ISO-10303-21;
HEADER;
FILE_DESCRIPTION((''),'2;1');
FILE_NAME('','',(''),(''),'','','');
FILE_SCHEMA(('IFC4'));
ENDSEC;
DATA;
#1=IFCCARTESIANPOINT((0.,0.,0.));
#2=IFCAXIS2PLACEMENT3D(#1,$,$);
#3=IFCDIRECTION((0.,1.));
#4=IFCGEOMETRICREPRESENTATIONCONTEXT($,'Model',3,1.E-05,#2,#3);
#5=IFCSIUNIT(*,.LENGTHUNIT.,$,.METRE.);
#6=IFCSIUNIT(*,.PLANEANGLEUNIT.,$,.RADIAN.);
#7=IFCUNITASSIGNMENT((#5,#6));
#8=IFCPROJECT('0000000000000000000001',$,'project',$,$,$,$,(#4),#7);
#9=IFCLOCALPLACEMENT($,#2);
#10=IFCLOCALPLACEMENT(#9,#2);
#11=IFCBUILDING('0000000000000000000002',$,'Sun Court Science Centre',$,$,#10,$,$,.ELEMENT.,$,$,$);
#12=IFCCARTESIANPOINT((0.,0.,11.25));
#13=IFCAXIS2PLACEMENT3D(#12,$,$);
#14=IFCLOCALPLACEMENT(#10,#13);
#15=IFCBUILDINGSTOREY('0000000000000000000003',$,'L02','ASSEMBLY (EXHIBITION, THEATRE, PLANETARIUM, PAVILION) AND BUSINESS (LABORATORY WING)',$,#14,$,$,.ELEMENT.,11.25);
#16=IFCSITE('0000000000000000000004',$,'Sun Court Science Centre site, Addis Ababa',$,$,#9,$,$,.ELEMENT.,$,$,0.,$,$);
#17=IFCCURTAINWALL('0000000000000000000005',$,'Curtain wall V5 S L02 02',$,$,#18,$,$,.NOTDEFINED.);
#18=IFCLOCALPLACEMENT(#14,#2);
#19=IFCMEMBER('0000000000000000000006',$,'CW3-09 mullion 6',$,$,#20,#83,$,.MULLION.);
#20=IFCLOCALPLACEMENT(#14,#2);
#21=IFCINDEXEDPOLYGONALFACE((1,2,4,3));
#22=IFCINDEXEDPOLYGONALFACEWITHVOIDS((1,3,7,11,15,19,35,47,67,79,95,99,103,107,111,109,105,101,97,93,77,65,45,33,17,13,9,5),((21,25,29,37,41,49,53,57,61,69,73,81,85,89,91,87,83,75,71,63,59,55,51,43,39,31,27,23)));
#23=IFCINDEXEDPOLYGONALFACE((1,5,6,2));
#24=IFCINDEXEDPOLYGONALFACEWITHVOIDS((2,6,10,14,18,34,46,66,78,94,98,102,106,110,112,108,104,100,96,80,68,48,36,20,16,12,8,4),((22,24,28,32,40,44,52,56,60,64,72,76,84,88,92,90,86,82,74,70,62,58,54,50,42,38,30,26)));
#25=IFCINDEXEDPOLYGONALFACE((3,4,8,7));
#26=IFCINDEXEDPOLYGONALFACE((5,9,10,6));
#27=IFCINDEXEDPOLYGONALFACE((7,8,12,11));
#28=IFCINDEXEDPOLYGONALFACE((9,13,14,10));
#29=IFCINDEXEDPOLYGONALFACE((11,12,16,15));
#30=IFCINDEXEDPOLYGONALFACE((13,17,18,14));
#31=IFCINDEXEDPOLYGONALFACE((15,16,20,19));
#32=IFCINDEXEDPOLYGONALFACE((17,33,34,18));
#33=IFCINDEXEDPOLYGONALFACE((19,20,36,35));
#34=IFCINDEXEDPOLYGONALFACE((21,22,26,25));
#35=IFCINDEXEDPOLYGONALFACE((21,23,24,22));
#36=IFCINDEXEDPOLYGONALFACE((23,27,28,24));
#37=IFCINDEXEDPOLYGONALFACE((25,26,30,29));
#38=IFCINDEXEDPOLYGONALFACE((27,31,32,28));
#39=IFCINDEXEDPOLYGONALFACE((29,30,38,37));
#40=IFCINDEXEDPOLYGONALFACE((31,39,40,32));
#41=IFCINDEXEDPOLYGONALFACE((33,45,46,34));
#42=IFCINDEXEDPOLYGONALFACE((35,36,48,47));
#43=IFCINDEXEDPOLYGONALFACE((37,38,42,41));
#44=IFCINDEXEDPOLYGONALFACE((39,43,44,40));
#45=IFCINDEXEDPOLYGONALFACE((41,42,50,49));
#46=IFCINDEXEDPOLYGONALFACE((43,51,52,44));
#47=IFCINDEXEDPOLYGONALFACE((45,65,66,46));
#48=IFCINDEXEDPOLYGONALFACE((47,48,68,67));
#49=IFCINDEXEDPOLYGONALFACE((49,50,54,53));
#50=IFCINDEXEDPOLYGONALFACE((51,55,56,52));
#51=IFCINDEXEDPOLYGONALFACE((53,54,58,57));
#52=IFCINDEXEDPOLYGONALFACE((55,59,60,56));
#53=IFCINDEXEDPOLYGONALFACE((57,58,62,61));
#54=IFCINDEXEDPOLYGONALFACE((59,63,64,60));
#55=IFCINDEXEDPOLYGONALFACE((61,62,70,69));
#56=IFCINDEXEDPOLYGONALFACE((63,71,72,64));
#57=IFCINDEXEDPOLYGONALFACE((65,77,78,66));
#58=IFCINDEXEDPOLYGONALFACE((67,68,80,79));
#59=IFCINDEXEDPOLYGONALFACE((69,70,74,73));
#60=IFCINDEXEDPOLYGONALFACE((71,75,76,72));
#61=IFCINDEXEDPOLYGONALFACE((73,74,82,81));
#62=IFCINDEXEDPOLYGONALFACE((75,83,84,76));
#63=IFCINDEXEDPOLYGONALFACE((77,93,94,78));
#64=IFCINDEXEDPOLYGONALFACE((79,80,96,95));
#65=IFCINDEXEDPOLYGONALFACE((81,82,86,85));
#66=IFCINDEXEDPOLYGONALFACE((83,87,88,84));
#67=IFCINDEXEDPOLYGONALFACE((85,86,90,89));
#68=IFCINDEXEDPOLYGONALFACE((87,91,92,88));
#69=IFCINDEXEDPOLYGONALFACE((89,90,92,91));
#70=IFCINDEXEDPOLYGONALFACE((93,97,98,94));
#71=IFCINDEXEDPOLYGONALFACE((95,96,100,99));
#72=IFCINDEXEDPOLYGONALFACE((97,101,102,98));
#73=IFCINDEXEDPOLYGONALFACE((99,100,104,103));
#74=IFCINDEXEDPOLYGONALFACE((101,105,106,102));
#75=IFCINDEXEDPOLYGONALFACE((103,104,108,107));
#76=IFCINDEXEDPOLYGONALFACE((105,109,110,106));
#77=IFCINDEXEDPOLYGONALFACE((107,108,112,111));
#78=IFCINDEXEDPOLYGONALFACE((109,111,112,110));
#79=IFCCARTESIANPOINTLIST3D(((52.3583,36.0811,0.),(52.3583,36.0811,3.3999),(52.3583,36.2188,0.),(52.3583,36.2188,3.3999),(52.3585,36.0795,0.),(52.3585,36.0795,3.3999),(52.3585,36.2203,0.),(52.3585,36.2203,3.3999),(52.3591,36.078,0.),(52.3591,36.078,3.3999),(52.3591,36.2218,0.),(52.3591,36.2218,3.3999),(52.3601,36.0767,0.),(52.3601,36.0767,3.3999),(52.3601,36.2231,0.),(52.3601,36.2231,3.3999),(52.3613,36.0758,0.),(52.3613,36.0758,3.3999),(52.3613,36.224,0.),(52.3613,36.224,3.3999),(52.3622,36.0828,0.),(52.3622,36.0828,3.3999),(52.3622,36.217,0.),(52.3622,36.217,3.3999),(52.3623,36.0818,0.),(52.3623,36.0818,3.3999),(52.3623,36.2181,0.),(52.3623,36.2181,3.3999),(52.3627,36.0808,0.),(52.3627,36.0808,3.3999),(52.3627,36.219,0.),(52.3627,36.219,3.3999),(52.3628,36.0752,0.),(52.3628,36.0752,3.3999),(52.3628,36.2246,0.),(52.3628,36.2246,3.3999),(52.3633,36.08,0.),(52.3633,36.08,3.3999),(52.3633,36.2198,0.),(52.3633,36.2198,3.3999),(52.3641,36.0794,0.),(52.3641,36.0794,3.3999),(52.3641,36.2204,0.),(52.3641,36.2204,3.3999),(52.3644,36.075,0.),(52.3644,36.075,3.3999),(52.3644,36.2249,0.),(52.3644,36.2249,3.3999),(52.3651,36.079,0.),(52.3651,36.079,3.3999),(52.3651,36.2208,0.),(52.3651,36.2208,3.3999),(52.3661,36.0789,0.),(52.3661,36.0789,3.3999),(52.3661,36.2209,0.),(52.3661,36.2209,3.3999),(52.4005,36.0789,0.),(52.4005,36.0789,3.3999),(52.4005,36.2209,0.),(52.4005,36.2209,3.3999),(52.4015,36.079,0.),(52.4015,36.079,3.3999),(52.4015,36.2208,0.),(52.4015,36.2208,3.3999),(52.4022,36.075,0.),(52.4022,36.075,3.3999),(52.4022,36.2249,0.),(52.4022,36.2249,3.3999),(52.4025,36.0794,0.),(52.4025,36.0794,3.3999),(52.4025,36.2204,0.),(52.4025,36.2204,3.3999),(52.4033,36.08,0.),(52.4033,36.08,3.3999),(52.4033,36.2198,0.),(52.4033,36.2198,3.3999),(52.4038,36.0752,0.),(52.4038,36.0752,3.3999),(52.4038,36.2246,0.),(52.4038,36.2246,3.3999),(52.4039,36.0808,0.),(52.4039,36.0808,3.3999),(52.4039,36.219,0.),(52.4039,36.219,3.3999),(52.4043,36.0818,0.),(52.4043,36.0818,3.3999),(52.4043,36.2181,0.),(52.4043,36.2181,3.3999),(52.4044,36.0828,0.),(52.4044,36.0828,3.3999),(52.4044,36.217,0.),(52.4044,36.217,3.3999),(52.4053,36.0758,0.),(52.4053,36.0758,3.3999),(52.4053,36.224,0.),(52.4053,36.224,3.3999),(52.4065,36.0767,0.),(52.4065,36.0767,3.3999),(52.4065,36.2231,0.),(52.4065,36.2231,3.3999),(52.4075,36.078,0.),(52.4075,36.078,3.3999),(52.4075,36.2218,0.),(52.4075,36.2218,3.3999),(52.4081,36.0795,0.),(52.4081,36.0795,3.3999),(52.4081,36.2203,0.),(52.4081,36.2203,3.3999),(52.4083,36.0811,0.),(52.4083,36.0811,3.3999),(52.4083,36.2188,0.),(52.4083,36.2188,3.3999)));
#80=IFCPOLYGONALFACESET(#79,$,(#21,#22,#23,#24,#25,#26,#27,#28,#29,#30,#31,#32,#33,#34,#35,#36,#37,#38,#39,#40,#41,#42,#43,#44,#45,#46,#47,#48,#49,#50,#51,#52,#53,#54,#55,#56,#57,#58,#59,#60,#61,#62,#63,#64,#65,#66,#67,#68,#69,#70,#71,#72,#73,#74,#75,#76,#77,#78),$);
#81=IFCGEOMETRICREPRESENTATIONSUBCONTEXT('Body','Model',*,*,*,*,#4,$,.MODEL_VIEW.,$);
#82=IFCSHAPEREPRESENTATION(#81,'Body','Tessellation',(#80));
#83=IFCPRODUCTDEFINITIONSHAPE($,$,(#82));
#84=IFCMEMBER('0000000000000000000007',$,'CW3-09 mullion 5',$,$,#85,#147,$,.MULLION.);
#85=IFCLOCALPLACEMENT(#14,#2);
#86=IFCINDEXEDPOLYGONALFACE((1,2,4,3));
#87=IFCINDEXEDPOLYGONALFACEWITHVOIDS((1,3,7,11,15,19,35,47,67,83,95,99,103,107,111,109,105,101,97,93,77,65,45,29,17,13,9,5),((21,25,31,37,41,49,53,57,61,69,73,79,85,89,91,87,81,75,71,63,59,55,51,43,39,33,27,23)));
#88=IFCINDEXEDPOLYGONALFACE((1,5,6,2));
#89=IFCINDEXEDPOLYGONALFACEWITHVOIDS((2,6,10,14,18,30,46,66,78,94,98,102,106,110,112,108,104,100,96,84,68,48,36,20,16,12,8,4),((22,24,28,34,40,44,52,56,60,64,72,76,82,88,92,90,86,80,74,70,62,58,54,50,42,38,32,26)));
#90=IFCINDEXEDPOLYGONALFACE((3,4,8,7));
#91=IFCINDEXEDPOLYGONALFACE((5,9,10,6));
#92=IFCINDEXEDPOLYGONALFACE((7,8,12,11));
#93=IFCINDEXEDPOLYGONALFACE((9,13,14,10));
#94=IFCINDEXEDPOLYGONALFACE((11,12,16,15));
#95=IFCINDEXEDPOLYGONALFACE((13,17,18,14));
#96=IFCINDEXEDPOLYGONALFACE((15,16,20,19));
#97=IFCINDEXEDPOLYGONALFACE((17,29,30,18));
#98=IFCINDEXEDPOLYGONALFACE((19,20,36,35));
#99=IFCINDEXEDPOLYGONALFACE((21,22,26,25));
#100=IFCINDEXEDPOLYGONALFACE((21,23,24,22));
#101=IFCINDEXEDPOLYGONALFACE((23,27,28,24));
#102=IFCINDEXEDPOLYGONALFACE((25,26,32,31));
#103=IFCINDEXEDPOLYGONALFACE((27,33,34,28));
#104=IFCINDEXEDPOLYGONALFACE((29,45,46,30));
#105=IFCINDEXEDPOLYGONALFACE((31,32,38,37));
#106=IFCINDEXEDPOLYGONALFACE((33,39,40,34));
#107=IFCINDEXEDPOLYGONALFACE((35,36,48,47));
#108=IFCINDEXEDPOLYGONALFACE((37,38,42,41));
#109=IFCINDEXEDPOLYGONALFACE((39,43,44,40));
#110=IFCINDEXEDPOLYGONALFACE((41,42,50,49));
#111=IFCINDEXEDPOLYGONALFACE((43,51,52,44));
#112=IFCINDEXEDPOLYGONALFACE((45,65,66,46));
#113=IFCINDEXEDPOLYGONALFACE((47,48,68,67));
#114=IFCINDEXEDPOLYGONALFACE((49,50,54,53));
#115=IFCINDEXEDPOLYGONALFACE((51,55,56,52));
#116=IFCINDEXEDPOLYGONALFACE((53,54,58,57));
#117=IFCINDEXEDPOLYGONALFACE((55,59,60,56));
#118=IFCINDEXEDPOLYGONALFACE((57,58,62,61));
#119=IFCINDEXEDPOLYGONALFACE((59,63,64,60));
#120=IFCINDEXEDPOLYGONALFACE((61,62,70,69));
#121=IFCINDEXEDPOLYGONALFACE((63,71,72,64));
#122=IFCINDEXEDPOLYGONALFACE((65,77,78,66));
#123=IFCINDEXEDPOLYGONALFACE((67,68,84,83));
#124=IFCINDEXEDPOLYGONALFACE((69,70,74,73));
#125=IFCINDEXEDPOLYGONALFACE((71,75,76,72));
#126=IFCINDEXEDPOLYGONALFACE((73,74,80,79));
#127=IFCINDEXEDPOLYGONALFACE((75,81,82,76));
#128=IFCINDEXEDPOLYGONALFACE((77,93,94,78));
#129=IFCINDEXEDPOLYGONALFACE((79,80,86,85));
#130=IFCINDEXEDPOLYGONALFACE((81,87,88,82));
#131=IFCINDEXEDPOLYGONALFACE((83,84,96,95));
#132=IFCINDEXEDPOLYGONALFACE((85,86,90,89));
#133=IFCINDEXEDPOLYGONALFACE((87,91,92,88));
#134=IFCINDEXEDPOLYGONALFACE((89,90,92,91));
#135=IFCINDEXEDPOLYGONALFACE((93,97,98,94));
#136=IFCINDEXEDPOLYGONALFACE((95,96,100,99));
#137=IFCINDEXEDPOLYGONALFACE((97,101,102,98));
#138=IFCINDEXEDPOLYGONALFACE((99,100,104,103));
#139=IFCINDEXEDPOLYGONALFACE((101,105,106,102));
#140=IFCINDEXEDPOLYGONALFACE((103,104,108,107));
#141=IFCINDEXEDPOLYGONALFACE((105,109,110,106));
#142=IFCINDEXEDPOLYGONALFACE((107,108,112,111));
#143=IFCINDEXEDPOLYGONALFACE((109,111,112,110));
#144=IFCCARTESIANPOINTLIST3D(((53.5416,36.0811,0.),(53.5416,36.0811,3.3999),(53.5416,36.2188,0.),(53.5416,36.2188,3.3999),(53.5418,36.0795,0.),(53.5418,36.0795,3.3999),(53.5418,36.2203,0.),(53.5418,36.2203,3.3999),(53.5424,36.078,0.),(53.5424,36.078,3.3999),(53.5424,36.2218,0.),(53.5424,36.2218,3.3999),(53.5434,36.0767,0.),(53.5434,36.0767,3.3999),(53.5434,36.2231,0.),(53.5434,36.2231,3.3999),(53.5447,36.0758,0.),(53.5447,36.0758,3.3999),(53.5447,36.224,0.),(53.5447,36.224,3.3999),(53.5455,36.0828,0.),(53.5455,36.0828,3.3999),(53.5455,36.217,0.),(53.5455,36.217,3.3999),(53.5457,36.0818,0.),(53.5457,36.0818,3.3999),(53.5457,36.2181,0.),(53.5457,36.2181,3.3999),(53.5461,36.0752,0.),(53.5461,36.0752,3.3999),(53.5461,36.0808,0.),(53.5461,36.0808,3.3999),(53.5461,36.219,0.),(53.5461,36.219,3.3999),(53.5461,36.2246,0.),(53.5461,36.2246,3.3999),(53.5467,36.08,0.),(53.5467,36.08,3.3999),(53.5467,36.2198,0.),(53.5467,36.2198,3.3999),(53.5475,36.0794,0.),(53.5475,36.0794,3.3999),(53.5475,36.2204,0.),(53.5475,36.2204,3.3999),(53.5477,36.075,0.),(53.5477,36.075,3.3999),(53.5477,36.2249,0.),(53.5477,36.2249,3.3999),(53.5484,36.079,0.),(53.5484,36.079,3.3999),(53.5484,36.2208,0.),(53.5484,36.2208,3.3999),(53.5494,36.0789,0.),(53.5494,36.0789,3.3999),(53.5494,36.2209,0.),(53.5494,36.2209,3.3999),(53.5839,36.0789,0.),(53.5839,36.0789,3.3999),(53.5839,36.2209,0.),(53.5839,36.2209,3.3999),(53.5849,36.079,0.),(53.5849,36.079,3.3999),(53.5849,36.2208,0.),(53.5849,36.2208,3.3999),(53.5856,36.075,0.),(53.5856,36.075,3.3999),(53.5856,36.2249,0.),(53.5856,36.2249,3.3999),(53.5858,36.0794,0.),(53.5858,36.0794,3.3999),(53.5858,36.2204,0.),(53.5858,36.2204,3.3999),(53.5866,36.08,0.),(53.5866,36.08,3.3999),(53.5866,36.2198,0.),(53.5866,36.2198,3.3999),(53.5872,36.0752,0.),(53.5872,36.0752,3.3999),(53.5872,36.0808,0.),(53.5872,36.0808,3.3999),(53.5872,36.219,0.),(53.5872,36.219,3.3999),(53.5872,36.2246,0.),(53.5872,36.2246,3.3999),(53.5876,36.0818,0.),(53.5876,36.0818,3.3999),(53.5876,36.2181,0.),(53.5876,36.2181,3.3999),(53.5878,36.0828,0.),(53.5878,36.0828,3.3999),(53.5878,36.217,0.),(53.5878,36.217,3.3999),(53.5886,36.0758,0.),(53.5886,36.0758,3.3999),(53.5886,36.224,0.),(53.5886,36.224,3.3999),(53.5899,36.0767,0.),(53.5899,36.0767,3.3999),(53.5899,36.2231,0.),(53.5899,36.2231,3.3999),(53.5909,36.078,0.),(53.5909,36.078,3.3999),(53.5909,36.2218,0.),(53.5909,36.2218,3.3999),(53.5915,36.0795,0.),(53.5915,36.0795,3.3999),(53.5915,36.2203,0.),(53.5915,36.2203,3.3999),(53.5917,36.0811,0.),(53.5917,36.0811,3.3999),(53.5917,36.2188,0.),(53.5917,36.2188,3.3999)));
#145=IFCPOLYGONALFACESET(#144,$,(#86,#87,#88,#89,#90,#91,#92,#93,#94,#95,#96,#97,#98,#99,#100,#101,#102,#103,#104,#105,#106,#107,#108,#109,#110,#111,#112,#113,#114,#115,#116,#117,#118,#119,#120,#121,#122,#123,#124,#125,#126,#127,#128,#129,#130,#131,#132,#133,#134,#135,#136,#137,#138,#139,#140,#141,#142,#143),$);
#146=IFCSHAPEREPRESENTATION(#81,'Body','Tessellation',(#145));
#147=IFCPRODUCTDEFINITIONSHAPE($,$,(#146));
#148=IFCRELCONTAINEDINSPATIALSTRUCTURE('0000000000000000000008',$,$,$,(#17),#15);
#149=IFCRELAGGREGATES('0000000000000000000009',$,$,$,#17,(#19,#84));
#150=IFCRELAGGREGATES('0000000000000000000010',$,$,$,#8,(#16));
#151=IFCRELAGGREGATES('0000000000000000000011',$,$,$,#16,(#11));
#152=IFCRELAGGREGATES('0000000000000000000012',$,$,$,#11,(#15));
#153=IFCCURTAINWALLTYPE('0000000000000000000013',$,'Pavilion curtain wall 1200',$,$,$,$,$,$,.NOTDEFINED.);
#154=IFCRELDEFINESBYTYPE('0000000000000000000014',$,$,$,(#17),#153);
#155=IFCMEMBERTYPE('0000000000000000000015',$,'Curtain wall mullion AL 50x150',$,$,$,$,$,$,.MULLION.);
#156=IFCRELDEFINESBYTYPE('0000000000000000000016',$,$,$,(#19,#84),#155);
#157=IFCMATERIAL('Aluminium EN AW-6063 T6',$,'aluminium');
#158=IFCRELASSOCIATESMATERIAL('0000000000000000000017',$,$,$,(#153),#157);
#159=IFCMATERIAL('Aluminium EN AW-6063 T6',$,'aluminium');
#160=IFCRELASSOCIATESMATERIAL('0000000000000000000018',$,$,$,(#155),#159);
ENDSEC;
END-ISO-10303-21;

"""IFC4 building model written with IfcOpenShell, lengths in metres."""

from ifc_helpers import new_model, si_unit, direction, frame, origin, origin_2d, place, context, subcontext, project, spatial, hollow_rectangle, extrude, material, material_profile, profile_set, type_object, element, aggregate, save


model = new_model("IFC4")

# Units and contexts
model_context = context("Model", 3, precision=1e-05, world=origin(), true_north=direction((0.0, 1.0)))
body_context = subcontext(model_context, "Body", "Model", "MODEL_VIEW")
ifc_project = project(units=[si_unit("LENGTHUNIT", "METRE"), si_unit("PLANEANGLEUNIT", "RADIAN")], contexts=[model_context])

# Site, building, storey
site_placement = place(None, origin())
site = spatial("IfcSite", under=ifc_project, at=site_placement, Name="Sun Court Science Centre site, Addis Ababa", CompositionType="ELEMENT", RefElevation=0.0)
building_placement = place(site_placement, origin())
building = spatial("IfcBuilding", under=site, at=building_placement, Name="Sun Court Science Centre", CompositionType="ELEMENT")
storey_placement = place(building_placement, frame((0.0, 0.0, 11.25)))
storey = spatial("IfcBuildingStorey", under=building, at=storey_placement, Name="L02", Description="ASSEMBLY (EXHIBITION, THEATRE, PLANETARIUM, PAVILION) AND BUSINESS (LABORATORY WING)", CompositionType="ELEMENT", Elevation=11.25)

# Curtain wall, members
ifc_material_1 = material(Name="Aluminium EN AW-6063 T6", Category="aluminium")
curtain_wall_type = type_object("IfcCurtainWallType", Name="Pavilion curtain wall 1200", PredefinedType="NOTDEFINED", material=ifc_material_1)
curtain_wall_placement = place(storey_placement, origin())
curtain_wall = element("IfcCurtainWall", 1, at=curtain_wall_placement, inside=storey, type_object=curtain_wall_type, Name="Curtain wall V5 S L02 02", PredefinedType="NOTDEFINED")
ifc_material_2 = material(Name="Aluminium EN AW-6063 T6", Category="aluminium")
ifc_material_profile_1 = material_profile(ifc_material_2, hollow_rectangle(XDim=0.05, YDim=0.1499, WallThickness=0.0039, InnerFilletRadius=0.0039, OuterFilletRadius=0.0061, at=origin_2d()), Name="AL 50x150x4")
ifc_profile_set_1 = profile_set([ifc_material_profile_1], Name="Aluminium EN AW-6063 T6")
member_type_1 = type_object("IfcMemberType", Name="Curtain wall mullion AL 50x150", PredefinedType="MULLION", material=ifc_profile_set_1)
member_1_placement = place(storey_placement, frame((52.3833, 36.1499, 0.0), z_axis=(0.0, 0.0, 1.0), x_axis=(-1.0, 0.0, 0.0)))
member_1 = element("IfcMember", 2, at=member_1_placement, type_object=member_type_1, Name="CW3-09 mullion 6", PredefinedType="MULLION", context=body_context, shape_type="SweptSolid", body=[
    extrude(hollow_rectangle(XDim=0.05, YDim=0.1499, WallThickness=0.0039, InnerFilletRadius=0.0039, OuterFilletRadius=0.0061, at=origin_2d()), origin(), (0.0, 0.0, 1.0), 3.3999),
])
member_2_placement = place(storey_placement, frame((53.5667, 36.1499, 0.0), z_axis=(0.0, 0.0, 1.0), x_axis=(-1.0, 0.0, 0.0)))
member_2 = element("IfcMember", 3, at=member_2_placement, type_object=member_type_1, Name="CW3-09 mullion 5", PredefinedType="MULLION", context=body_context, shape_type="SweptSolid", body=[
    extrude(hollow_rectangle(XDim=0.05, YDim=0.1499, WallThickness=0.0039, InnerFilletRadius=0.0039, OuterFilletRadius=0.0061, at=origin_2d()), origin(), (0.0, 0.0, 1.0), 3.3999),
])
aggregate(curtain_wall, [member_1, member_2])

save(model, "model.ifc")
